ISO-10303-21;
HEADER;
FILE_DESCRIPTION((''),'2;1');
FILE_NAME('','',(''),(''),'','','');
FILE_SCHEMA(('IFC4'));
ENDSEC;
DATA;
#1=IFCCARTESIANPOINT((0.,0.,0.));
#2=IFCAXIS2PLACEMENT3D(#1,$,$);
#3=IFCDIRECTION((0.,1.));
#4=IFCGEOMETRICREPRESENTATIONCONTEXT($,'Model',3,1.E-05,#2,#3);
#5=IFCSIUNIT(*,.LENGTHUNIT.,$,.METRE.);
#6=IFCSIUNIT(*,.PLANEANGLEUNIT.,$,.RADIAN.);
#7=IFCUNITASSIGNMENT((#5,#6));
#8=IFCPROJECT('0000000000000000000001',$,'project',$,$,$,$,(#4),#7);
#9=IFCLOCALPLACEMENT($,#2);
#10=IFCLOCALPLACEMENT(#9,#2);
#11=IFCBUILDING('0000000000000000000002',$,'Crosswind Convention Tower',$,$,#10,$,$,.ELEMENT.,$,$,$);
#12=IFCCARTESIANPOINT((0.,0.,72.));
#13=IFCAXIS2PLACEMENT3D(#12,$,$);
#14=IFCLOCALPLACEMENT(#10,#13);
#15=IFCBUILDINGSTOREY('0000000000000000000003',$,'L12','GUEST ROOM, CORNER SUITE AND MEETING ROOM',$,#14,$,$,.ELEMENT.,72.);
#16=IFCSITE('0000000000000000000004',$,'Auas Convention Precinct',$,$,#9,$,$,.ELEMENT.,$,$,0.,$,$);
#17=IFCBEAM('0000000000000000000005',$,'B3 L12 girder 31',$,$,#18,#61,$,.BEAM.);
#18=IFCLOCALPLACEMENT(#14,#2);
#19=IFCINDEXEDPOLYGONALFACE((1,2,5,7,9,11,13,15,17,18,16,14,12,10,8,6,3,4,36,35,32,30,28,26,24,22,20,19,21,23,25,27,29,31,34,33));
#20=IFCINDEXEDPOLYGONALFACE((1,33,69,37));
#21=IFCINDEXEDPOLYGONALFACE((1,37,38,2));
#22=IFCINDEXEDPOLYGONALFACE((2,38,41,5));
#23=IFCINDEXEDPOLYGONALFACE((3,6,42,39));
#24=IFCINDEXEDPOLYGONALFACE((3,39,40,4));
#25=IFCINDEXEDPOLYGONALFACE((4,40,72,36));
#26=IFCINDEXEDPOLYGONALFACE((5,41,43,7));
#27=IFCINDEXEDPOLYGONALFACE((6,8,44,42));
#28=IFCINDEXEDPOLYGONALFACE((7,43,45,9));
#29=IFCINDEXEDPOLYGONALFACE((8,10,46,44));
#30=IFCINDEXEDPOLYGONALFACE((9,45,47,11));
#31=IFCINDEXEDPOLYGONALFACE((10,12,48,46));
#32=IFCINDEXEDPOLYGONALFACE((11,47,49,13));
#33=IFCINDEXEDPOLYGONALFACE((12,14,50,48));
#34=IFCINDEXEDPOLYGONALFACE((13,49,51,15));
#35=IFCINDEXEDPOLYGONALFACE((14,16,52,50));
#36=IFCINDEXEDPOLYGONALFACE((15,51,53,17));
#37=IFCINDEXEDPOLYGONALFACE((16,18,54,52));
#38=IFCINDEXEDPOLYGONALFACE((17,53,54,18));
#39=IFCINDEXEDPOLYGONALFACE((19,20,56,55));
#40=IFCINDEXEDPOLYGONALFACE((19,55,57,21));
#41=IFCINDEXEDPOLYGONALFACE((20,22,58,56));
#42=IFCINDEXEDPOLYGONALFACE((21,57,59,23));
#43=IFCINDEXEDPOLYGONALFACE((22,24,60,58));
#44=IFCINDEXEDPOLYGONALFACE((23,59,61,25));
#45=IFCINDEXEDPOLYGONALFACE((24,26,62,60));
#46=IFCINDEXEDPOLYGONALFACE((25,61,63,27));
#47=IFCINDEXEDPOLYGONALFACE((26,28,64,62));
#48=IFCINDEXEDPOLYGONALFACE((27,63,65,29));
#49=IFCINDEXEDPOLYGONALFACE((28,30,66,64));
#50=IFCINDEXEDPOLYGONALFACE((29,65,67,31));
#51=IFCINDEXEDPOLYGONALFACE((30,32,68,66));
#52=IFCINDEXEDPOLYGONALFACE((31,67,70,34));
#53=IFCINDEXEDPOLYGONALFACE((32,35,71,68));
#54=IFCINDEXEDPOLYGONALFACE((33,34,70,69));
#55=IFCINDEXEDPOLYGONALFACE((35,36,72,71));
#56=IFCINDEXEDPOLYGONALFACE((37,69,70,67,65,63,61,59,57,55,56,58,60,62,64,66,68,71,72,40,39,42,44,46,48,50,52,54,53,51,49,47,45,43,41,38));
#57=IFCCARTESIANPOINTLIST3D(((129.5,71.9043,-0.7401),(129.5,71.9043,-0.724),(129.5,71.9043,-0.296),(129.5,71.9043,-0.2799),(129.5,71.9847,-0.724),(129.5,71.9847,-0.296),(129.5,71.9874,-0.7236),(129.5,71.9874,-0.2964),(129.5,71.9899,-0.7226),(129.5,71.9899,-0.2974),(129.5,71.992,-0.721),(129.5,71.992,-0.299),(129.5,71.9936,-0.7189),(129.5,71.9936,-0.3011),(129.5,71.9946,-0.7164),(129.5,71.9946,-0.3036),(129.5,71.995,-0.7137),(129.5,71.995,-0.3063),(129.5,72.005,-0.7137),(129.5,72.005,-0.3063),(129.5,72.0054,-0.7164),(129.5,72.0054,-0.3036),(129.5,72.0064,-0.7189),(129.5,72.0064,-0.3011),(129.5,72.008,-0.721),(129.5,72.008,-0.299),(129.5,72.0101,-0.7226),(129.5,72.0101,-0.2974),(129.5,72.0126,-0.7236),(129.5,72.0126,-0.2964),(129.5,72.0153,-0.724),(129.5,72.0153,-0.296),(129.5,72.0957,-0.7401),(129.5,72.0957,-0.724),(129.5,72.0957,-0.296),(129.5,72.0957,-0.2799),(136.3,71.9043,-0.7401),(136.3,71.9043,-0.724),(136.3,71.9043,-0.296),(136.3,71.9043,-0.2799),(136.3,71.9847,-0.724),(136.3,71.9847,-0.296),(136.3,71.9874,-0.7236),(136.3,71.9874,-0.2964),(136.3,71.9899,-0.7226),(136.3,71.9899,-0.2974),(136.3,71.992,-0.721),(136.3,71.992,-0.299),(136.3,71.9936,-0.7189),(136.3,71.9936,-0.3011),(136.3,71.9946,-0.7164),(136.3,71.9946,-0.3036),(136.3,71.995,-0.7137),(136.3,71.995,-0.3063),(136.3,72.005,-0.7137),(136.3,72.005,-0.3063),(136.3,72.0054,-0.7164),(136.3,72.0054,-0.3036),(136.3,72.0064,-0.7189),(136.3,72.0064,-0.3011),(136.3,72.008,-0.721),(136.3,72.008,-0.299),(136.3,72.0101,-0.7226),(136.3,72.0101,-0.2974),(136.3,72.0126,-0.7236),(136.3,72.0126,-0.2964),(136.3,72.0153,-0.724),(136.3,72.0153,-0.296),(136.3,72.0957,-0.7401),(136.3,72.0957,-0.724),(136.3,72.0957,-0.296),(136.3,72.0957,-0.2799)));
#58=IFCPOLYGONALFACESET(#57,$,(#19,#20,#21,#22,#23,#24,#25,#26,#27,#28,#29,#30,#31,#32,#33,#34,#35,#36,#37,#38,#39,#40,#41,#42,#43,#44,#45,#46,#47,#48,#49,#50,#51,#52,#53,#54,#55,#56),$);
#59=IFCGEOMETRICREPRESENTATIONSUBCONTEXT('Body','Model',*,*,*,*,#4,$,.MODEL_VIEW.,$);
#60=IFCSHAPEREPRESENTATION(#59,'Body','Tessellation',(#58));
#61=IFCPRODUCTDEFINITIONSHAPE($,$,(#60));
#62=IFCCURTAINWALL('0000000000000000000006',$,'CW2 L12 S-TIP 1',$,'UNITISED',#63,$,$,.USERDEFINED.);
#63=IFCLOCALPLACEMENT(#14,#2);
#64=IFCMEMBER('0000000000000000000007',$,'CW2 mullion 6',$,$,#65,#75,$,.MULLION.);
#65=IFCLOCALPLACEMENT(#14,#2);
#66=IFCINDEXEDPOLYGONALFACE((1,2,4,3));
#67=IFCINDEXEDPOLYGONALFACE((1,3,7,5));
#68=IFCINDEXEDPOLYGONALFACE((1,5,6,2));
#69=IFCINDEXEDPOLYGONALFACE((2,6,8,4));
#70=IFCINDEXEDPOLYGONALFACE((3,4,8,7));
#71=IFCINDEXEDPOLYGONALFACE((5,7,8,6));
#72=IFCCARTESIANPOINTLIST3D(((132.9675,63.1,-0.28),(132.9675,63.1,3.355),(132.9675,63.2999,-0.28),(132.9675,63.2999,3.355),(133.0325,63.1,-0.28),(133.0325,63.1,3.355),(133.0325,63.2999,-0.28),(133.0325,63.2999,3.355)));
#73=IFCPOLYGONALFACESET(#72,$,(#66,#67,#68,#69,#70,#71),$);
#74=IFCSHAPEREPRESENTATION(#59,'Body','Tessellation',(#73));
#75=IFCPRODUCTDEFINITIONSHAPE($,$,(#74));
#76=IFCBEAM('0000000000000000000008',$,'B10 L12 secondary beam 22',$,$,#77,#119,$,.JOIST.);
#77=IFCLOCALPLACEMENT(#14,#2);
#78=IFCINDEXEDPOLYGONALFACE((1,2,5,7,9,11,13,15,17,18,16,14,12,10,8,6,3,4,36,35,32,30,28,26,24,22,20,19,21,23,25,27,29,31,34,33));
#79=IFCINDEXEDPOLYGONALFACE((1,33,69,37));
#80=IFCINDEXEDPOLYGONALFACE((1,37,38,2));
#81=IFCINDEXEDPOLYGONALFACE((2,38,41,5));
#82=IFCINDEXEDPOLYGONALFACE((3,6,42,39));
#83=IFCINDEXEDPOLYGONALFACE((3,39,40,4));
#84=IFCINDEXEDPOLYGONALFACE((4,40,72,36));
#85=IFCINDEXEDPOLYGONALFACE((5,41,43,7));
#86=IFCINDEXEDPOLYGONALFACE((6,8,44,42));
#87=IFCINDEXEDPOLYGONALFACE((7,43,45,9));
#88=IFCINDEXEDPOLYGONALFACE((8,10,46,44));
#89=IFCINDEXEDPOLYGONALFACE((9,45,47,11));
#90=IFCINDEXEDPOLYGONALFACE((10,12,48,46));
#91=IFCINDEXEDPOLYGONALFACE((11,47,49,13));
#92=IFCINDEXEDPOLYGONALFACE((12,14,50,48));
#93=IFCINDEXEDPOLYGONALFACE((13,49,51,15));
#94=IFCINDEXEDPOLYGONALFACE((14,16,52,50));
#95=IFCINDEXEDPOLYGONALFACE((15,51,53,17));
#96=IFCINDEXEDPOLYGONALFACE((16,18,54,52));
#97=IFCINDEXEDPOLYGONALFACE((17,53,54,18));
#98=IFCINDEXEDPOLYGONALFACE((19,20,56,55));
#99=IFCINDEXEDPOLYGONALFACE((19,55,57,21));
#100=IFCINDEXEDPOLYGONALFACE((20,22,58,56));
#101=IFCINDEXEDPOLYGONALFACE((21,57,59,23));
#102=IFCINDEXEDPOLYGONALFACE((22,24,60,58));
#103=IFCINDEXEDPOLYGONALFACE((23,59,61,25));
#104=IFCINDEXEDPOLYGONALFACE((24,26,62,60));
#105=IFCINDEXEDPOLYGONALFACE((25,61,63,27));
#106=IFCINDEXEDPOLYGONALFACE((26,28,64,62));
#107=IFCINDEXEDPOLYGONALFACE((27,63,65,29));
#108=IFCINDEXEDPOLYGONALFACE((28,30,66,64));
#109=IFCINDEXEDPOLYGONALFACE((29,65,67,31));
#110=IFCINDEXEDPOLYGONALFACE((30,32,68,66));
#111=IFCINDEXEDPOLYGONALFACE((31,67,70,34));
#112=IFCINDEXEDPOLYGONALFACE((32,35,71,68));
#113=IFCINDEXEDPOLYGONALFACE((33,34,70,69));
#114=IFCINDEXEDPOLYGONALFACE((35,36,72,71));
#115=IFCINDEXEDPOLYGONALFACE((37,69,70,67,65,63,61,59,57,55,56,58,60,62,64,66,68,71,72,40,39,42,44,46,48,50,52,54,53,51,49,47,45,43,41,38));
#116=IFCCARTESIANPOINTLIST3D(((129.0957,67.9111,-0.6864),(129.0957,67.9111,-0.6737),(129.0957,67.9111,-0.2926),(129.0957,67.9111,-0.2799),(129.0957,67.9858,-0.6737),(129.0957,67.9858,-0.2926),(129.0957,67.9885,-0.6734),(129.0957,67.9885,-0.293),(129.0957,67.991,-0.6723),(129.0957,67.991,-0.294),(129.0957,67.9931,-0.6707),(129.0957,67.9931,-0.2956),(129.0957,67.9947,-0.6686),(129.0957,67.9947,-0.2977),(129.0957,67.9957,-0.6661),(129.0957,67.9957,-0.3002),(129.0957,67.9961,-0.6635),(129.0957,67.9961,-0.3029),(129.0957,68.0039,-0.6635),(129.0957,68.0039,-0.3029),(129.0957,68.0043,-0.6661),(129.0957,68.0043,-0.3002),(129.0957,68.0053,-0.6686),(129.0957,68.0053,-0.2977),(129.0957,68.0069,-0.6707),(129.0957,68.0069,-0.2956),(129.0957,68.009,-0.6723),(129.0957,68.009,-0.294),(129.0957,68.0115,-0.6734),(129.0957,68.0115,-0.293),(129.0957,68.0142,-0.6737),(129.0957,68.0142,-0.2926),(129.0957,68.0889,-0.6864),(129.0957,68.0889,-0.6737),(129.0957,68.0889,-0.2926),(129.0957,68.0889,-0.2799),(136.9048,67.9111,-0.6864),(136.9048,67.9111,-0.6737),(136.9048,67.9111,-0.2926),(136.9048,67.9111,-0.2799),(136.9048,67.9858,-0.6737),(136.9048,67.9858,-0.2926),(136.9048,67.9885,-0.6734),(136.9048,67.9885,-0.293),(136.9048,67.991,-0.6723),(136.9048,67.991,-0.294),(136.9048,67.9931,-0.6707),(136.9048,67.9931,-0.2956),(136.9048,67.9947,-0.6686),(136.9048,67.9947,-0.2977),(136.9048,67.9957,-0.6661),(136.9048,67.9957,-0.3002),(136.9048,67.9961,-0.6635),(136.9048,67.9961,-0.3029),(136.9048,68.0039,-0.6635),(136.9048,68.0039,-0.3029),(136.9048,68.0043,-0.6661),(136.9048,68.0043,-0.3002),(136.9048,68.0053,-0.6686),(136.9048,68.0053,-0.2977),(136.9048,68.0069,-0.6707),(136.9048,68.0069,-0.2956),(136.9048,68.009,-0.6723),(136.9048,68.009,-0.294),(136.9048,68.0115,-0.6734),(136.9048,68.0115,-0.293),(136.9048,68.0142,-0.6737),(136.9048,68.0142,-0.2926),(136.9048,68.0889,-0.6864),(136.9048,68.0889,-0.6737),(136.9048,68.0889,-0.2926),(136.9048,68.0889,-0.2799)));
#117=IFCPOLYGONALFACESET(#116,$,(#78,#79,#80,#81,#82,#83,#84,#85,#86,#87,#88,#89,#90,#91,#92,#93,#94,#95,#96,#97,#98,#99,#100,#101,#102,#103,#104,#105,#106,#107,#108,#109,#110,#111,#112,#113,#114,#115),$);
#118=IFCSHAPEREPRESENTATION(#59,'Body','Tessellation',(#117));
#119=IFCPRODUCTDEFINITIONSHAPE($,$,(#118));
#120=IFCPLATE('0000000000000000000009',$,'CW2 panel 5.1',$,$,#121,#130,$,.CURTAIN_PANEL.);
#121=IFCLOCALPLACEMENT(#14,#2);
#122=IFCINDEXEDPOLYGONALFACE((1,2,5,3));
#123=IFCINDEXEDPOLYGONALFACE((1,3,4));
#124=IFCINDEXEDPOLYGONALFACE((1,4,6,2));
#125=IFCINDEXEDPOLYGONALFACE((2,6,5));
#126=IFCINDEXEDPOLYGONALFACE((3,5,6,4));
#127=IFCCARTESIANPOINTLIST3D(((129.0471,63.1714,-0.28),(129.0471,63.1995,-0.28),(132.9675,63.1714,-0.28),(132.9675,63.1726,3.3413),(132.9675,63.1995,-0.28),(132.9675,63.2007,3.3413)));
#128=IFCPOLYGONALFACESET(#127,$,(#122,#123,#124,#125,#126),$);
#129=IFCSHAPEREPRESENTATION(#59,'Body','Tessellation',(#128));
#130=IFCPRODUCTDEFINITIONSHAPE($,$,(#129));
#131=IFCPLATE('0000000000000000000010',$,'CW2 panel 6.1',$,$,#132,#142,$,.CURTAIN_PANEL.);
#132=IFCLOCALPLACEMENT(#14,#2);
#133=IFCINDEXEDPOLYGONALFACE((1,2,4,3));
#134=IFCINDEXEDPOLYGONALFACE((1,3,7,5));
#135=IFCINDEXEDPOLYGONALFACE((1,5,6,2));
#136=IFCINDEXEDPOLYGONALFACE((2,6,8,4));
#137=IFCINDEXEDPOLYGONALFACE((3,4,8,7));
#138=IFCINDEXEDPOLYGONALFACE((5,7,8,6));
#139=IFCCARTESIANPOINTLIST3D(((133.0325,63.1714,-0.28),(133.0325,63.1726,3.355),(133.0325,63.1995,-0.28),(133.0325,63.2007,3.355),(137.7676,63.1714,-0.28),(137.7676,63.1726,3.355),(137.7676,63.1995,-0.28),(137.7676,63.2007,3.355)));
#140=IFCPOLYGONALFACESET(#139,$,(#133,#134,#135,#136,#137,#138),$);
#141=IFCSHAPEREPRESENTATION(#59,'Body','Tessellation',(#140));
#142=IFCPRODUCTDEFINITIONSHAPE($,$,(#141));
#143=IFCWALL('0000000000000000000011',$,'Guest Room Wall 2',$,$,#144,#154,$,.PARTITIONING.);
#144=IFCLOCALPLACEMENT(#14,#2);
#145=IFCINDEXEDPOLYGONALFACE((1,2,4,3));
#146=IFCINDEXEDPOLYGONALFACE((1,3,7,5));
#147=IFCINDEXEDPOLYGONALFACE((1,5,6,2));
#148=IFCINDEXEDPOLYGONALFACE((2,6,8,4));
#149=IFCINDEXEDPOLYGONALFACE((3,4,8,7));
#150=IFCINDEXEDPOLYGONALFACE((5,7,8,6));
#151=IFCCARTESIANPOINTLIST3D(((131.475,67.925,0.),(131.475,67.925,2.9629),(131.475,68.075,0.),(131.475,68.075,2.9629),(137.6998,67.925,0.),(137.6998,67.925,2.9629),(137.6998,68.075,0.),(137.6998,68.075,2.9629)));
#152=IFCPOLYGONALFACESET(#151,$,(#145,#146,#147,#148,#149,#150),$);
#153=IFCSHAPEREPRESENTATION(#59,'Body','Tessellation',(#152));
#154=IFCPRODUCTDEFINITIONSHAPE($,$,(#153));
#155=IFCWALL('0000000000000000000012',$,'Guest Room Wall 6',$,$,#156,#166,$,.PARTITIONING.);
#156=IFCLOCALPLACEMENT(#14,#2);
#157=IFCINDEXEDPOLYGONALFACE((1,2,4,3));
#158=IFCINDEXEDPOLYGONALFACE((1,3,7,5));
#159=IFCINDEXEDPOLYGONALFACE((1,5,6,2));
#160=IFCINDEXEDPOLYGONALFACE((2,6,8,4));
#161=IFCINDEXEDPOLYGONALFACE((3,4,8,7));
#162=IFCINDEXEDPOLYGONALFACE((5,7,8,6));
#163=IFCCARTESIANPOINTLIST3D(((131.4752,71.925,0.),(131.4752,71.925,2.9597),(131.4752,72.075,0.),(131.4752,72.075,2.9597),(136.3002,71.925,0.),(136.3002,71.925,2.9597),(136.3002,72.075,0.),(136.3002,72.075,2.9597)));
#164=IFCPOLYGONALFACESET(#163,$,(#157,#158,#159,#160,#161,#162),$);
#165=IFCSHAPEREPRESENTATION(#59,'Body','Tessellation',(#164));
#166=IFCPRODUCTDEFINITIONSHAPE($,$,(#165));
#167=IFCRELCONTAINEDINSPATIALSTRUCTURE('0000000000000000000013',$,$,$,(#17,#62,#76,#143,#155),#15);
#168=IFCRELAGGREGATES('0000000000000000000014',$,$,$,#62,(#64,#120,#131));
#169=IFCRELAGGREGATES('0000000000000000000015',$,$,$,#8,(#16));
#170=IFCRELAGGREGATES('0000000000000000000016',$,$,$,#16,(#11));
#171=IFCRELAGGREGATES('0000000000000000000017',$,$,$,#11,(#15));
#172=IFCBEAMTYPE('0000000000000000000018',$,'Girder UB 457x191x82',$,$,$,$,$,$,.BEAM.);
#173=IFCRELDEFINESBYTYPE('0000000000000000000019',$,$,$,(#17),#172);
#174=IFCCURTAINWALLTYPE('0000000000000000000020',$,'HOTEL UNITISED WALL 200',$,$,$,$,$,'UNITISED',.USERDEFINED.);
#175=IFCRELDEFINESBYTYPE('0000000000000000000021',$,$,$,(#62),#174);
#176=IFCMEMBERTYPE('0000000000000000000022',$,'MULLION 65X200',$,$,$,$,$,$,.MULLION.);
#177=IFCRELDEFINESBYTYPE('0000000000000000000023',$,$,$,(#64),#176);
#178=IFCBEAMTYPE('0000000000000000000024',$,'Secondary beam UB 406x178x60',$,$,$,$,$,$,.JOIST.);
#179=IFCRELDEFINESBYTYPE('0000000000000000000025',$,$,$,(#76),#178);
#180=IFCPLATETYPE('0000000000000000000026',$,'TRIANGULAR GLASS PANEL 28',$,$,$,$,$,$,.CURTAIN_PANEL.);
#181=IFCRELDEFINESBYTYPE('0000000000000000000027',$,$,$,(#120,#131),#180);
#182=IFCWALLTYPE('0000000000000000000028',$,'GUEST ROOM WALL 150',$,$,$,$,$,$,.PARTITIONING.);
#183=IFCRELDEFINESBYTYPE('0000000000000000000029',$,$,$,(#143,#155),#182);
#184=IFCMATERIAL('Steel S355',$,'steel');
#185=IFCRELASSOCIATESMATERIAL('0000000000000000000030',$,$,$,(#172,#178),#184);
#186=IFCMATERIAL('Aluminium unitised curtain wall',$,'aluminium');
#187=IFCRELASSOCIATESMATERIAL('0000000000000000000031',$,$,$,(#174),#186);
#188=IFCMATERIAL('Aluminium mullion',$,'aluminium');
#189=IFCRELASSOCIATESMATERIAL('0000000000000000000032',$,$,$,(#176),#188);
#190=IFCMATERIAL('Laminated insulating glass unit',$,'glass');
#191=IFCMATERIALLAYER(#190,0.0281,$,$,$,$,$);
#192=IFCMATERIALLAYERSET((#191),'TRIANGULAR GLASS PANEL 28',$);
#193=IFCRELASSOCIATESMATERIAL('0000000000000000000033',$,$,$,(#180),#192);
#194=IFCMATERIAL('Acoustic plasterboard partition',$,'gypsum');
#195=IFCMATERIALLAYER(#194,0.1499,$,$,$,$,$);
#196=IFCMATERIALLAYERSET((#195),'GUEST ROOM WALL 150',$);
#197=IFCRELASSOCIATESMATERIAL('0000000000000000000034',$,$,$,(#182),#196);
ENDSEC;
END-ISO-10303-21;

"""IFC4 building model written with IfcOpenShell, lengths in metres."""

from ifc_helpers import new_model, si_unit, direction, frame, frame_2d, origin, origin_2d, place, context, subcontext, project, spatial, polyline, rectangle, i_section, outline, extrude, material, layer, layer_set, material_profile, profile_set, type_object, element, aggregate, save


model = new_model("IFC4")

# Units and contexts
model_context = context("Model", 3, precision=1e-05, world=origin(), true_north=direction((0.0, 1.0)))
body_context = subcontext(model_context, "Body", "Model", "MODEL_VIEW")
ifc_project = project(units=[si_unit("LENGTHUNIT", "METRE"), si_unit("PLANEANGLEUNIT", "RADIAN")], contexts=[model_context])

# Site, building, storey
site_placement = place(None, origin())
site = spatial("IfcSite", under=ifc_project, at=site_placement, Name="Auas Convention Precinct", CompositionType="ELEMENT", RefElevation=0.0)
building_placement = place(site_placement, origin())
building = spatial("IfcBuilding", under=site, at=building_placement, Name="Crosswind Convention Tower", CompositionType="ELEMENT")
storey_placement = place(building_placement, frame((0.0, 0.0, 72.0)))
storey = spatial("IfcBuildingStorey", under=building, at=storey_placement, Name="L12", Description="GUEST ROOM, CORNER SUITE AND MEETING ROOM", CompositionType="ELEMENT", Elevation=72.0)

# Beam
ifc_material_1 = material(Name="Steel S355", Category="steel")
ifc_material_profile_1 = material_profile(ifc_material_1, i_section(OverallWidth=0.1914, OverallDepth=0.4602, WebThickness=0.01, FlangeThickness=0.0161, FilletRadius=0.0103, at=origin_2d()), Name="UB 457x191x82")
ifc_profile_set_1 = profile_set([ifc_material_profile_1], Name="Steel S355")
beam_type_1 = type_object("IfcBeamType", Name="Girder UB 457x191x82", PredefinedType="BEAM", material=ifc_profile_set_1)
beam_1_placement = place(storey_placement, frame((129.5, 72.0, -0.51), z_axis=(1.0, 0.0, 0.0), x_axis=(0.0, 1.0, 0.0)))
element("IfcBeam", 1, at=beam_1_placement, inside=storey, type_object=beam_type_1, Name="B3 L12 girder 31", PredefinedType="BEAM", context=body_context, shape_type="SweptSolid", body=[
    extrude(i_section(OverallWidth=0.1914, OverallDepth=0.4602, WebThickness=0.01, FlangeThickness=0.0161, FilletRadius=0.0103, at=origin_2d()), origin(), (0.0, 0.0, 1.0), 6.8),
])

# Curtain wall, member
ifc_material_2 = material(Name="Aluminium unitised curtain wall", Category="aluminium")
curtain_wall_type = type_object("IfcCurtainWallType", Name="HOTEL UNITISED WALL 200", ElementType="UNITISED", PredefinedType="USERDEFINED", material=ifc_material_2)
curtain_wall_placement = place(storey_placement, origin())
curtain_wall = element("IfcCurtainWall", 2, at=curtain_wall_placement, inside=storey, type_object=curtain_wall_type, Name="CW2 L12 S-TIP 1", ObjectType="UNITISED", PredefinedType="USERDEFINED")
ifc_material_3 = material(Name="Aluminium mullion", Category="aluminium")
ifc_material_profile_2 = material_profile(ifc_material_3, rectangle(XDim=0.2, YDim=0.0649, at=origin_2d()), Name="AL 200X65")
ifc_profile_set_2 = profile_set([ifc_material_profile_2], Name="Aluminium mullion")
member_type = type_object("IfcMemberType", Name="MULLION 65X200", PredefinedType="MULLION", material=ifc_profile_set_2)
member_placement = place(storey_placement, frame((133.0, 63.2, -0.28), z_axis=(0.0, 0.0, 1.0), x_axis=(0.0, -1.0, 0.0)))
member = element("IfcMember", 3, at=member_placement, type_object=member_type, Name="CW2 mullion 6", PredefinedType="MULLION", context=body_context, shape_type="SweptSolid", body=[
    extrude(rectangle(XDim=0.2, YDim=0.0649, at=origin_2d()), origin(), (0.0, 0.0, 1.0), 3.635),
])

# Beam
ifc_material_profile_3 = material_profile(ifc_material_1, i_section(OverallWidth=0.1777, OverallDepth=0.4065, WebThickness=0.0078, FlangeThickness=0.0127, FilletRadius=0.0103, at=origin_2d()), Name="UB 406x178x60")
ifc_profile_set_3 = profile_set([ifc_material_profile_3], Name="Steel S355")
beam_type_2 = type_object("IfcBeamType", Name="Secondary beam UB 406x178x60", PredefinedType="JOIST", material=ifc_profile_set_3)
beam_2_placement = place(storey_placement, frame((129.0957, 68.0, -0.4832), z_axis=(1.0, 0.0, 0.0), x_axis=(0.0, 1.0, 0.0)))
element("IfcBeam", 4, at=beam_2_placement, inside=storey, type_object=beam_type_2, Name="B10 L12 secondary beam 22", PredefinedType="JOIST", context=body_context, shape_type="SweptSolid", body=[
    extrude(i_section(OverallWidth=0.1777, OverallDepth=0.4065, WebThickness=0.0078, FlangeThickness=0.0127, FilletRadius=0.0103, at=origin_2d()), origin(), (0.0, 0.0, 1.0), 7.8091),
])

# Plates
ifc_material_4 = material(Name="Laminated insulating glass unit", Category="glass")
ifc_layer_1 = layer(ifc_material_4, 0.0281)
ifc_layer_set_1 = layer_set([ifc_layer_1], Name="TRIANGULAR GLASS PANEL 28")
plate_type = type_object("IfcPlateType", Name="TRIANGULAR GLASS PANEL 28", PredefinedType="CURTAIN_PANEL", material=ifc_layer_set_1)
plate_1_placement = place(storey_placement, frame((132.9675, 63.1714, -0.28), z_axis=(0.0, -1.0, 0.000337), x_axis=(0.0, 0.000337, 1.0)))
plate_1 = element("IfcPlate", 5, at=plate_1_placement, type_object=plate_type, Name="CW2 panel 5.1", PredefinedType="CURTAIN_PANEL", context=body_context, shape_type="SweptSolid", body=[
    extrude(outline(polyline([(0.0, 0.0), (3.6213, 0.0), (0.0, 3.9204), (0.0, 0.0)])), origin(), (0.0, 0.0, -1.0), 0.0281),
])
plate_2_placement = place(storey_placement, frame((133.0325, 63.1714, -0.28), z_axis=(0.0, -1.0, 0.000336), x_axis=(1.0, 0.0, 0.0)))
plate_2 = element("IfcPlate", 6, at=plate_2_placement, type_object=plate_type, Name="CW2 panel 6.1", PredefinedType="CURTAIN_PANEL", context=body_context, shape_type="SweptSolid", body=[
    extrude(outline(polyline([(0.0, 0.0), (4.7351, 0.0), (4.7351, 3.635), (0.0, 3.635), (0.0, 0.0)])), origin(), (0.0, 0.0, -1.0), 0.0281),
])
aggregate(curtain_wall, [member, plate_1, plate_2])

# Walls
ifc_material_5 = material(Name="Acoustic plasterboard partition", Category="gypsum")
ifc_layer_2 = layer(ifc_material_5, 0.1499)
ifc_layer_set_2 = layer_set([ifc_layer_2], Name="GUEST ROOM WALL 150")
wall_type_1 = type_object("IfcWallType", Name="GUEST ROOM WALL 150", PredefinedType="PARTITIONING", material=ifc_layer_set_2)
wall_1_placement = place(storey_placement, frame((131.4751, 68.0, 0.0), z_axis=(0.0, 0.0, 1.0), x_axis=(1.0, 0.0, 0.0)))
element("IfcWall", 7, at=wall_1_placement, inside=storey, type_object=wall_type_1, Name="Guest Room Wall 2", PredefinedType="PARTITIONING", context=body_context, shape_type="SweptSolid", body=[
    extrude(rectangle(XDim=6.2249, YDim=0.1499, at=frame_2d((3.1123, 0.0))), origin(), (0.0, 0.0, 1.0), 2.9629),
])
wall_2_placement = place(storey_placement, frame((131.4751, 72.0, 0.0), z_axis=(0.0, 0.0, 1.0), x_axis=(1.0, 0.0, 0.0)))
element("IfcWall", 8, at=wall_2_placement, inside=storey, type_object=wall_type_1, Name="Guest Room Wall 6", PredefinedType="PARTITIONING", context=body_context, shape_type="SweptSolid", body=[
    extrude(rectangle(XDim=4.825, YDim=0.1499, at=frame_2d((2.4126, 0.0))), origin(), (0.0, 0.0, 1.0), 2.9597),
])

save(model, "model.ifc")
